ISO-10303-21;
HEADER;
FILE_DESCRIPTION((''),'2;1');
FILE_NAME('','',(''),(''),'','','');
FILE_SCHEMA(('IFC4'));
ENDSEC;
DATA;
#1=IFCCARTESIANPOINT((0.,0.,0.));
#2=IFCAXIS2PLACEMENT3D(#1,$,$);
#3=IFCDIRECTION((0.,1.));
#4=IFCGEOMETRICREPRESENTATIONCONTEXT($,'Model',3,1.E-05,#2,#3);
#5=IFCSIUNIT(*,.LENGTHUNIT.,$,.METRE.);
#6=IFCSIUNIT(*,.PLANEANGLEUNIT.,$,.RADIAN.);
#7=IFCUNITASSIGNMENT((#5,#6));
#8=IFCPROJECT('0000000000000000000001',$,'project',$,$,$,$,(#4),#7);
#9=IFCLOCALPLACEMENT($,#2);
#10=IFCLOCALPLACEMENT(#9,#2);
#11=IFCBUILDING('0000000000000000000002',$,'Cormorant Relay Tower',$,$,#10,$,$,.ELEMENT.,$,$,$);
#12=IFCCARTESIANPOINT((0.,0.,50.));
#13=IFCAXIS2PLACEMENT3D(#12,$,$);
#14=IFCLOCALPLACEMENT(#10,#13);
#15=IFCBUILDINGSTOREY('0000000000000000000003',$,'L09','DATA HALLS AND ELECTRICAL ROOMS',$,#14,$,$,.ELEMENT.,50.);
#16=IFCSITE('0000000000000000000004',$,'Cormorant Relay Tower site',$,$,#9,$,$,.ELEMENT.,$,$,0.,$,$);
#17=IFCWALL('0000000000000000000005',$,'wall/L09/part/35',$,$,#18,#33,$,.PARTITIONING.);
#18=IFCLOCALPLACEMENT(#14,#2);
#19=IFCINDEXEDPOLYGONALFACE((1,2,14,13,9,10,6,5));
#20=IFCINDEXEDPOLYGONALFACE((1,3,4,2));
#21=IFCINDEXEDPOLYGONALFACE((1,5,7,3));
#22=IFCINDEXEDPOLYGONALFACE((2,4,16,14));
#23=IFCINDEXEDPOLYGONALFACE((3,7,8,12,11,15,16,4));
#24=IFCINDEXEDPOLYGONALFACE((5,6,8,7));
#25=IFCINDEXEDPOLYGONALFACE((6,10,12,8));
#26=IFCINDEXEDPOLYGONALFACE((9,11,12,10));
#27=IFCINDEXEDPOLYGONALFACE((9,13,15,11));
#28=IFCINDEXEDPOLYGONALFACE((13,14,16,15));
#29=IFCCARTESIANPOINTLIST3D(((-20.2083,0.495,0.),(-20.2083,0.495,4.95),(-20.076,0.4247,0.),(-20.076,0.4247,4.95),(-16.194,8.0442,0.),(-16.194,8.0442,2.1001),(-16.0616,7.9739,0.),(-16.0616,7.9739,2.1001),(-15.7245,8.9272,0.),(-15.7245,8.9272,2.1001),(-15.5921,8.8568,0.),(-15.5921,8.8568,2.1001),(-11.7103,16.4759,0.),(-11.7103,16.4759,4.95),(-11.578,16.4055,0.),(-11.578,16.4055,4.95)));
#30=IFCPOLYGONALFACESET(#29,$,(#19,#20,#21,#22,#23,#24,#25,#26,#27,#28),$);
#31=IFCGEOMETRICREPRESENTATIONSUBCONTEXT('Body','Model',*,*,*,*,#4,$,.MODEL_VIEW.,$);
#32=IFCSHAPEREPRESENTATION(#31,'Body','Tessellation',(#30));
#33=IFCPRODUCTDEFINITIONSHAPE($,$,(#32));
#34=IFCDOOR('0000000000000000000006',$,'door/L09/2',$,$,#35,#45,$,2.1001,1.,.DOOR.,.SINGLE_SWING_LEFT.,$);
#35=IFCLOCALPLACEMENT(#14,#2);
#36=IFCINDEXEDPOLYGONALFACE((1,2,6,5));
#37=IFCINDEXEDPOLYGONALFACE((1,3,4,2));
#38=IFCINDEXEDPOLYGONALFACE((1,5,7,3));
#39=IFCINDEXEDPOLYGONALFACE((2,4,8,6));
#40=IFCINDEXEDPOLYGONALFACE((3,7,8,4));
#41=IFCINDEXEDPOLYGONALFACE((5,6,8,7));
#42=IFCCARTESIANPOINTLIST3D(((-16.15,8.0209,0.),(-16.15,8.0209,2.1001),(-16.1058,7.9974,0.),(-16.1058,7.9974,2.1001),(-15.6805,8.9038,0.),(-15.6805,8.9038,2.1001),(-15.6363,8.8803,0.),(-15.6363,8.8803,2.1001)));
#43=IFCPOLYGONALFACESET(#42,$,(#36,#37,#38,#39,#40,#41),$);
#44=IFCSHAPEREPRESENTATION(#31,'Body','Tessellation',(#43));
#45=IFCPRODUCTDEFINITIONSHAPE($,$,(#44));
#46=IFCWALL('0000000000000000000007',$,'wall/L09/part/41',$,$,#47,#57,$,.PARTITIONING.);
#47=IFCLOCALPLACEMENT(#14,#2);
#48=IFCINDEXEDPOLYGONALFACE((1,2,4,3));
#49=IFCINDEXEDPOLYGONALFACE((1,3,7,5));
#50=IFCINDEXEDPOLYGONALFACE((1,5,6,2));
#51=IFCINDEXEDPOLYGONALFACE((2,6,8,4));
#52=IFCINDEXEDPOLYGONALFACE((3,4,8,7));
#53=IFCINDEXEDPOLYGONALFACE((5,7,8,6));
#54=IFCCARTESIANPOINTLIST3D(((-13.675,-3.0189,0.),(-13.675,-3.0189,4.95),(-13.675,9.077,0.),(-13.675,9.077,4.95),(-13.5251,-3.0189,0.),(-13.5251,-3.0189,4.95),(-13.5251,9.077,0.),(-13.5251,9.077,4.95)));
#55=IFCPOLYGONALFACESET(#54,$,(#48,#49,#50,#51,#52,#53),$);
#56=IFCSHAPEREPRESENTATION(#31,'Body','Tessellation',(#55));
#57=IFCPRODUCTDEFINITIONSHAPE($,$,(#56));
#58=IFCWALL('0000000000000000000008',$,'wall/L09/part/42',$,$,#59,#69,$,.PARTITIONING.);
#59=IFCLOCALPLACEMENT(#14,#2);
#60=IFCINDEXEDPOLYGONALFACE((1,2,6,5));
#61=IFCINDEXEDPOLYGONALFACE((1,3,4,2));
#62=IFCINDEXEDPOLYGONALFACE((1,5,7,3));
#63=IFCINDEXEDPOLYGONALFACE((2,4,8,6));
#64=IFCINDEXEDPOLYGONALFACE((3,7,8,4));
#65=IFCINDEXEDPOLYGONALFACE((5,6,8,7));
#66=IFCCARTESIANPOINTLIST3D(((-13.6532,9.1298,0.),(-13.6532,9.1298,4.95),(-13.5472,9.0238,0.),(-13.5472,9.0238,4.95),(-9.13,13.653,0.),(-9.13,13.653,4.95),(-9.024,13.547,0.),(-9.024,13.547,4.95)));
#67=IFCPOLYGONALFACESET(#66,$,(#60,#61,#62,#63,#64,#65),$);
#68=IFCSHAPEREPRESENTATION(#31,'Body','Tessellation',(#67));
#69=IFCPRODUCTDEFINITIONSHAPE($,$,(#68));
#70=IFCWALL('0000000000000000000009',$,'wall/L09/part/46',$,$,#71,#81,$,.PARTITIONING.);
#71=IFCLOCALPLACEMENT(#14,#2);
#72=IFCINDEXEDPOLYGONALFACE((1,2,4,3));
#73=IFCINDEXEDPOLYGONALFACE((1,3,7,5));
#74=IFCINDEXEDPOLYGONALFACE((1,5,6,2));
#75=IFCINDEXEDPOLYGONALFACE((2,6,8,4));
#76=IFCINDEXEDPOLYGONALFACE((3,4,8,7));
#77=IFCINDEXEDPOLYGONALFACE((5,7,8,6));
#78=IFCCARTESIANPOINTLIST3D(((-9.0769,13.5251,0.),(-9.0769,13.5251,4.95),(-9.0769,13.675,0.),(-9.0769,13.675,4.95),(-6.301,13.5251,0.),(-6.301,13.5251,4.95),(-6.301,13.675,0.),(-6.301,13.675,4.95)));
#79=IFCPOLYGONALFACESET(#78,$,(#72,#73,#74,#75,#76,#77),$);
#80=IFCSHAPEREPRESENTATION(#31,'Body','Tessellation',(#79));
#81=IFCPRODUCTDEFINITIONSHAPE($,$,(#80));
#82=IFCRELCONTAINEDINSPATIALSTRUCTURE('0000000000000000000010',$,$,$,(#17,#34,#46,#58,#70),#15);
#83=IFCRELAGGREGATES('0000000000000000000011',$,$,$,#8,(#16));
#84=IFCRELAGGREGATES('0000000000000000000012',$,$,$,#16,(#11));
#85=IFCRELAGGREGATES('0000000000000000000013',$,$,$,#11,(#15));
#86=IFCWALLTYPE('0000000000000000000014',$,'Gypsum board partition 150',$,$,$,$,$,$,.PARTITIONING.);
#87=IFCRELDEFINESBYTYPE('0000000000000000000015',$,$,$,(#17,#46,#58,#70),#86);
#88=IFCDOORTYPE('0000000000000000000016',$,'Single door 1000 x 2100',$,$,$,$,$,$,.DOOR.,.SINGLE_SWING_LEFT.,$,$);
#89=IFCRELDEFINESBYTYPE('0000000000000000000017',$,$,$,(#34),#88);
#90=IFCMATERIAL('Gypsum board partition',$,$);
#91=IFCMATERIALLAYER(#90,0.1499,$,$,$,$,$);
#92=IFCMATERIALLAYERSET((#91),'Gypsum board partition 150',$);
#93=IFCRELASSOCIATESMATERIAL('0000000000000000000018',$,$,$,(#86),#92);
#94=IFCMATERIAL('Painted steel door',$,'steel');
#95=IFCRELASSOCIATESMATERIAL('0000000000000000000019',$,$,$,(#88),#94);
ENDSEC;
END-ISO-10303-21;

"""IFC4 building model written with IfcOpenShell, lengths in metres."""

from ifc_helpers import new_model, si_unit, direction, frame, frame_2d, origin, place, context, subcontext, project, spatial, rectangle, extrude, material, layer, layer_set, type_object, element, fill, save


model = new_model("IFC4")

# Units and contexts
model_context = context("Model", 3, precision=1e-05, world=origin(), true_north=direction((0.0, 1.0)))
body_context = subcontext(model_context, "Body", "Model", "MODEL_VIEW")
ifc_project = project(units=[si_unit("LENGTHUNIT", "METRE"), si_unit("PLANEANGLEUNIT", "RADIAN")], contexts=[model_context])

# Site, building, storey
site_placement = place(None, origin())
site = spatial("IfcSite", under=ifc_project, at=site_placement, Name="Cormorant Relay Tower site", CompositionType="ELEMENT", RefElevation=0.0)
building_placement = place(site_placement, origin())
building = spatial("IfcBuilding", under=site, at=building_placement, Name="Cormorant Relay Tower", CompositionType="ELEMENT")
storey_placement = place(building_placement, frame((0.0, 0.0, 50.0)))
storey = spatial("IfcBuildingStorey", under=building, at=storey_placement, Name="L09", Description="DATA HALLS AND ELECTRICAL ROOMS", CompositionType="ELEMENT", Elevation=50.0)

# Wall, opening, door
ifc_material_1 = material(Name="Gypsum board partition")
ifc_layer_1 = layer(ifc_material_1, 0.1499)
ifc_layer_set_1 = layer_set([ifc_layer_1], Name="Gypsum board partition 150")
wall_type_1 = type_object("IfcWallType", Name="Gypsum board partition 150", PredefinedType="PARTITIONING", material=ifc_layer_set_1)
wall_1_placement = place(storey_placement, frame((-20.1421, 0.46, 0.0), z_axis=(0.0, 0.0, 1.0), x_axis=(0.469507, 0.882929, 0.0)))
wall_1 = element("IfcWall", 1, at=wall_1_placement, inside=storey, type_object=wall_type_1, Name="wall/L09/part/35", PredefinedType="PARTITIONING", context=body_context, shape_type="SweptSolid", body=[
    extrude(rectangle(XDim=18.0999, YDim=0.1499, at=frame_2d((9.0498, 0.0))), origin(), (0.0, 0.0, 1.0), 4.95),
])
opening_1_placement = place(wall_1_placement, frame((8.55, 0.0, 0.0)))
opening_1 = element("IfcOpeningElement", 2, at=opening_1_placement, cuts=wall_1, PredefinedType="OPENING", context=body_context, shape_type="SweptSolid", body=[
    extrude(rectangle(XDim=1.0, YDim=2.1001, at=frame_2d((0.5, 1.05))), frame((0.0, 0.085, 0.0), z_axis=(0.0, -1.0, 0.0), x_axis=(1.0, 0.0, 0.0)), (0.0, 0.0, 1.0), 0.1699),
])
ifc_material_2 = material(Name="Painted steel door", Category="steel")
door_type_1 = type_object("IfcDoorType", Name="Single door 1000 x 2100", OperationType="SINGLE_SWING_LEFT", PredefinedType="DOOR", material=ifc_material_2)
door_1_placement = place(opening_1_placement, frame((1.0, 0.0, 0.0), z_axis=(0.0, 0.0, 1.0), x_axis=(-1.0, 0.0, 0.0)))
door_1 = element("IfcDoor", 3, at=door_1_placement, inside=storey, type_object=door_type_1, Name="door/L09/2", OperationType="SINGLE_SWING_LEFT", OverallHeight=2.1001, OverallWidth=1.0, PredefinedType="DOOR", context=body_context, shape_type="SweptSolid", body=[
    extrude(rectangle(XDim=1.0, YDim=2.1001, at=frame_2d((0.5, 1.05))), frame((0.0, 0.0249, 0.0), z_axis=(0.0, -1.0, 0.0), x_axis=(1.0, 0.0, 0.0)), (0.0, 0.0, 1.0), 0.05),
])
fill(opening_1, door_1)

# Walls
wall_2_placement = place(storey_placement, frame((-13.6001, 9.0769, 0.0), z_axis=(0.0, 0.0, 1.0), x_axis=(0.0, -1.0, 0.0)))
element("IfcWall", 4, at=wall_2_placement, inside=storey, type_object=wall_type_1, Name="wall/L09/part/41", PredefinedType="PARTITIONING", context=body_context, shape_type="SweptSolid", body=[
    extrude(rectangle(XDim=12.0959, YDim=0.1499, at=frame_2d((6.0479, 0.0))), origin(), (0.0, 0.0, 1.0), 4.95),
])
wall_3_placement = place(storey_placement, frame((-13.6001, 9.0769, 0.0), z_axis=(0.0, 0.0, 1.0), x_axis=(0.707107, 0.707107, 0.0)))
element("IfcWall", 5, at=wall_3_placement, inside=storey, type_object=wall_type_1, Name="wall/L09/part/42", PredefinedType="PARTITIONING", context=body_context, shape_type="SweptSolid", body=[
    extrude(rectangle(XDim=6.3967, YDim=0.1499, at=frame_2d((3.1982, 0.0))), origin(), (0.0, 0.0, 1.0), 4.95),
])
wall_4_placement = place(storey_placement, frame((-6.301, 13.6001, 0.0), z_axis=(0.0, 0.0, 1.0), x_axis=(-1.0, 0.0, 0.0)))
element("IfcWall", 6, at=wall_4_placement, inside=storey, type_object=wall_type_1, Name="wall/L09/part/46", PredefinedType="PARTITIONING", context=body_context, shape_type="SweptSolid", body=[
    extrude(rectangle(XDim=2.7759, YDim=0.1499, at=frame_2d((1.3879, 0.0))), origin(), (0.0, 0.0, 1.0), 4.95),
])

save(model, "model.ifc")
